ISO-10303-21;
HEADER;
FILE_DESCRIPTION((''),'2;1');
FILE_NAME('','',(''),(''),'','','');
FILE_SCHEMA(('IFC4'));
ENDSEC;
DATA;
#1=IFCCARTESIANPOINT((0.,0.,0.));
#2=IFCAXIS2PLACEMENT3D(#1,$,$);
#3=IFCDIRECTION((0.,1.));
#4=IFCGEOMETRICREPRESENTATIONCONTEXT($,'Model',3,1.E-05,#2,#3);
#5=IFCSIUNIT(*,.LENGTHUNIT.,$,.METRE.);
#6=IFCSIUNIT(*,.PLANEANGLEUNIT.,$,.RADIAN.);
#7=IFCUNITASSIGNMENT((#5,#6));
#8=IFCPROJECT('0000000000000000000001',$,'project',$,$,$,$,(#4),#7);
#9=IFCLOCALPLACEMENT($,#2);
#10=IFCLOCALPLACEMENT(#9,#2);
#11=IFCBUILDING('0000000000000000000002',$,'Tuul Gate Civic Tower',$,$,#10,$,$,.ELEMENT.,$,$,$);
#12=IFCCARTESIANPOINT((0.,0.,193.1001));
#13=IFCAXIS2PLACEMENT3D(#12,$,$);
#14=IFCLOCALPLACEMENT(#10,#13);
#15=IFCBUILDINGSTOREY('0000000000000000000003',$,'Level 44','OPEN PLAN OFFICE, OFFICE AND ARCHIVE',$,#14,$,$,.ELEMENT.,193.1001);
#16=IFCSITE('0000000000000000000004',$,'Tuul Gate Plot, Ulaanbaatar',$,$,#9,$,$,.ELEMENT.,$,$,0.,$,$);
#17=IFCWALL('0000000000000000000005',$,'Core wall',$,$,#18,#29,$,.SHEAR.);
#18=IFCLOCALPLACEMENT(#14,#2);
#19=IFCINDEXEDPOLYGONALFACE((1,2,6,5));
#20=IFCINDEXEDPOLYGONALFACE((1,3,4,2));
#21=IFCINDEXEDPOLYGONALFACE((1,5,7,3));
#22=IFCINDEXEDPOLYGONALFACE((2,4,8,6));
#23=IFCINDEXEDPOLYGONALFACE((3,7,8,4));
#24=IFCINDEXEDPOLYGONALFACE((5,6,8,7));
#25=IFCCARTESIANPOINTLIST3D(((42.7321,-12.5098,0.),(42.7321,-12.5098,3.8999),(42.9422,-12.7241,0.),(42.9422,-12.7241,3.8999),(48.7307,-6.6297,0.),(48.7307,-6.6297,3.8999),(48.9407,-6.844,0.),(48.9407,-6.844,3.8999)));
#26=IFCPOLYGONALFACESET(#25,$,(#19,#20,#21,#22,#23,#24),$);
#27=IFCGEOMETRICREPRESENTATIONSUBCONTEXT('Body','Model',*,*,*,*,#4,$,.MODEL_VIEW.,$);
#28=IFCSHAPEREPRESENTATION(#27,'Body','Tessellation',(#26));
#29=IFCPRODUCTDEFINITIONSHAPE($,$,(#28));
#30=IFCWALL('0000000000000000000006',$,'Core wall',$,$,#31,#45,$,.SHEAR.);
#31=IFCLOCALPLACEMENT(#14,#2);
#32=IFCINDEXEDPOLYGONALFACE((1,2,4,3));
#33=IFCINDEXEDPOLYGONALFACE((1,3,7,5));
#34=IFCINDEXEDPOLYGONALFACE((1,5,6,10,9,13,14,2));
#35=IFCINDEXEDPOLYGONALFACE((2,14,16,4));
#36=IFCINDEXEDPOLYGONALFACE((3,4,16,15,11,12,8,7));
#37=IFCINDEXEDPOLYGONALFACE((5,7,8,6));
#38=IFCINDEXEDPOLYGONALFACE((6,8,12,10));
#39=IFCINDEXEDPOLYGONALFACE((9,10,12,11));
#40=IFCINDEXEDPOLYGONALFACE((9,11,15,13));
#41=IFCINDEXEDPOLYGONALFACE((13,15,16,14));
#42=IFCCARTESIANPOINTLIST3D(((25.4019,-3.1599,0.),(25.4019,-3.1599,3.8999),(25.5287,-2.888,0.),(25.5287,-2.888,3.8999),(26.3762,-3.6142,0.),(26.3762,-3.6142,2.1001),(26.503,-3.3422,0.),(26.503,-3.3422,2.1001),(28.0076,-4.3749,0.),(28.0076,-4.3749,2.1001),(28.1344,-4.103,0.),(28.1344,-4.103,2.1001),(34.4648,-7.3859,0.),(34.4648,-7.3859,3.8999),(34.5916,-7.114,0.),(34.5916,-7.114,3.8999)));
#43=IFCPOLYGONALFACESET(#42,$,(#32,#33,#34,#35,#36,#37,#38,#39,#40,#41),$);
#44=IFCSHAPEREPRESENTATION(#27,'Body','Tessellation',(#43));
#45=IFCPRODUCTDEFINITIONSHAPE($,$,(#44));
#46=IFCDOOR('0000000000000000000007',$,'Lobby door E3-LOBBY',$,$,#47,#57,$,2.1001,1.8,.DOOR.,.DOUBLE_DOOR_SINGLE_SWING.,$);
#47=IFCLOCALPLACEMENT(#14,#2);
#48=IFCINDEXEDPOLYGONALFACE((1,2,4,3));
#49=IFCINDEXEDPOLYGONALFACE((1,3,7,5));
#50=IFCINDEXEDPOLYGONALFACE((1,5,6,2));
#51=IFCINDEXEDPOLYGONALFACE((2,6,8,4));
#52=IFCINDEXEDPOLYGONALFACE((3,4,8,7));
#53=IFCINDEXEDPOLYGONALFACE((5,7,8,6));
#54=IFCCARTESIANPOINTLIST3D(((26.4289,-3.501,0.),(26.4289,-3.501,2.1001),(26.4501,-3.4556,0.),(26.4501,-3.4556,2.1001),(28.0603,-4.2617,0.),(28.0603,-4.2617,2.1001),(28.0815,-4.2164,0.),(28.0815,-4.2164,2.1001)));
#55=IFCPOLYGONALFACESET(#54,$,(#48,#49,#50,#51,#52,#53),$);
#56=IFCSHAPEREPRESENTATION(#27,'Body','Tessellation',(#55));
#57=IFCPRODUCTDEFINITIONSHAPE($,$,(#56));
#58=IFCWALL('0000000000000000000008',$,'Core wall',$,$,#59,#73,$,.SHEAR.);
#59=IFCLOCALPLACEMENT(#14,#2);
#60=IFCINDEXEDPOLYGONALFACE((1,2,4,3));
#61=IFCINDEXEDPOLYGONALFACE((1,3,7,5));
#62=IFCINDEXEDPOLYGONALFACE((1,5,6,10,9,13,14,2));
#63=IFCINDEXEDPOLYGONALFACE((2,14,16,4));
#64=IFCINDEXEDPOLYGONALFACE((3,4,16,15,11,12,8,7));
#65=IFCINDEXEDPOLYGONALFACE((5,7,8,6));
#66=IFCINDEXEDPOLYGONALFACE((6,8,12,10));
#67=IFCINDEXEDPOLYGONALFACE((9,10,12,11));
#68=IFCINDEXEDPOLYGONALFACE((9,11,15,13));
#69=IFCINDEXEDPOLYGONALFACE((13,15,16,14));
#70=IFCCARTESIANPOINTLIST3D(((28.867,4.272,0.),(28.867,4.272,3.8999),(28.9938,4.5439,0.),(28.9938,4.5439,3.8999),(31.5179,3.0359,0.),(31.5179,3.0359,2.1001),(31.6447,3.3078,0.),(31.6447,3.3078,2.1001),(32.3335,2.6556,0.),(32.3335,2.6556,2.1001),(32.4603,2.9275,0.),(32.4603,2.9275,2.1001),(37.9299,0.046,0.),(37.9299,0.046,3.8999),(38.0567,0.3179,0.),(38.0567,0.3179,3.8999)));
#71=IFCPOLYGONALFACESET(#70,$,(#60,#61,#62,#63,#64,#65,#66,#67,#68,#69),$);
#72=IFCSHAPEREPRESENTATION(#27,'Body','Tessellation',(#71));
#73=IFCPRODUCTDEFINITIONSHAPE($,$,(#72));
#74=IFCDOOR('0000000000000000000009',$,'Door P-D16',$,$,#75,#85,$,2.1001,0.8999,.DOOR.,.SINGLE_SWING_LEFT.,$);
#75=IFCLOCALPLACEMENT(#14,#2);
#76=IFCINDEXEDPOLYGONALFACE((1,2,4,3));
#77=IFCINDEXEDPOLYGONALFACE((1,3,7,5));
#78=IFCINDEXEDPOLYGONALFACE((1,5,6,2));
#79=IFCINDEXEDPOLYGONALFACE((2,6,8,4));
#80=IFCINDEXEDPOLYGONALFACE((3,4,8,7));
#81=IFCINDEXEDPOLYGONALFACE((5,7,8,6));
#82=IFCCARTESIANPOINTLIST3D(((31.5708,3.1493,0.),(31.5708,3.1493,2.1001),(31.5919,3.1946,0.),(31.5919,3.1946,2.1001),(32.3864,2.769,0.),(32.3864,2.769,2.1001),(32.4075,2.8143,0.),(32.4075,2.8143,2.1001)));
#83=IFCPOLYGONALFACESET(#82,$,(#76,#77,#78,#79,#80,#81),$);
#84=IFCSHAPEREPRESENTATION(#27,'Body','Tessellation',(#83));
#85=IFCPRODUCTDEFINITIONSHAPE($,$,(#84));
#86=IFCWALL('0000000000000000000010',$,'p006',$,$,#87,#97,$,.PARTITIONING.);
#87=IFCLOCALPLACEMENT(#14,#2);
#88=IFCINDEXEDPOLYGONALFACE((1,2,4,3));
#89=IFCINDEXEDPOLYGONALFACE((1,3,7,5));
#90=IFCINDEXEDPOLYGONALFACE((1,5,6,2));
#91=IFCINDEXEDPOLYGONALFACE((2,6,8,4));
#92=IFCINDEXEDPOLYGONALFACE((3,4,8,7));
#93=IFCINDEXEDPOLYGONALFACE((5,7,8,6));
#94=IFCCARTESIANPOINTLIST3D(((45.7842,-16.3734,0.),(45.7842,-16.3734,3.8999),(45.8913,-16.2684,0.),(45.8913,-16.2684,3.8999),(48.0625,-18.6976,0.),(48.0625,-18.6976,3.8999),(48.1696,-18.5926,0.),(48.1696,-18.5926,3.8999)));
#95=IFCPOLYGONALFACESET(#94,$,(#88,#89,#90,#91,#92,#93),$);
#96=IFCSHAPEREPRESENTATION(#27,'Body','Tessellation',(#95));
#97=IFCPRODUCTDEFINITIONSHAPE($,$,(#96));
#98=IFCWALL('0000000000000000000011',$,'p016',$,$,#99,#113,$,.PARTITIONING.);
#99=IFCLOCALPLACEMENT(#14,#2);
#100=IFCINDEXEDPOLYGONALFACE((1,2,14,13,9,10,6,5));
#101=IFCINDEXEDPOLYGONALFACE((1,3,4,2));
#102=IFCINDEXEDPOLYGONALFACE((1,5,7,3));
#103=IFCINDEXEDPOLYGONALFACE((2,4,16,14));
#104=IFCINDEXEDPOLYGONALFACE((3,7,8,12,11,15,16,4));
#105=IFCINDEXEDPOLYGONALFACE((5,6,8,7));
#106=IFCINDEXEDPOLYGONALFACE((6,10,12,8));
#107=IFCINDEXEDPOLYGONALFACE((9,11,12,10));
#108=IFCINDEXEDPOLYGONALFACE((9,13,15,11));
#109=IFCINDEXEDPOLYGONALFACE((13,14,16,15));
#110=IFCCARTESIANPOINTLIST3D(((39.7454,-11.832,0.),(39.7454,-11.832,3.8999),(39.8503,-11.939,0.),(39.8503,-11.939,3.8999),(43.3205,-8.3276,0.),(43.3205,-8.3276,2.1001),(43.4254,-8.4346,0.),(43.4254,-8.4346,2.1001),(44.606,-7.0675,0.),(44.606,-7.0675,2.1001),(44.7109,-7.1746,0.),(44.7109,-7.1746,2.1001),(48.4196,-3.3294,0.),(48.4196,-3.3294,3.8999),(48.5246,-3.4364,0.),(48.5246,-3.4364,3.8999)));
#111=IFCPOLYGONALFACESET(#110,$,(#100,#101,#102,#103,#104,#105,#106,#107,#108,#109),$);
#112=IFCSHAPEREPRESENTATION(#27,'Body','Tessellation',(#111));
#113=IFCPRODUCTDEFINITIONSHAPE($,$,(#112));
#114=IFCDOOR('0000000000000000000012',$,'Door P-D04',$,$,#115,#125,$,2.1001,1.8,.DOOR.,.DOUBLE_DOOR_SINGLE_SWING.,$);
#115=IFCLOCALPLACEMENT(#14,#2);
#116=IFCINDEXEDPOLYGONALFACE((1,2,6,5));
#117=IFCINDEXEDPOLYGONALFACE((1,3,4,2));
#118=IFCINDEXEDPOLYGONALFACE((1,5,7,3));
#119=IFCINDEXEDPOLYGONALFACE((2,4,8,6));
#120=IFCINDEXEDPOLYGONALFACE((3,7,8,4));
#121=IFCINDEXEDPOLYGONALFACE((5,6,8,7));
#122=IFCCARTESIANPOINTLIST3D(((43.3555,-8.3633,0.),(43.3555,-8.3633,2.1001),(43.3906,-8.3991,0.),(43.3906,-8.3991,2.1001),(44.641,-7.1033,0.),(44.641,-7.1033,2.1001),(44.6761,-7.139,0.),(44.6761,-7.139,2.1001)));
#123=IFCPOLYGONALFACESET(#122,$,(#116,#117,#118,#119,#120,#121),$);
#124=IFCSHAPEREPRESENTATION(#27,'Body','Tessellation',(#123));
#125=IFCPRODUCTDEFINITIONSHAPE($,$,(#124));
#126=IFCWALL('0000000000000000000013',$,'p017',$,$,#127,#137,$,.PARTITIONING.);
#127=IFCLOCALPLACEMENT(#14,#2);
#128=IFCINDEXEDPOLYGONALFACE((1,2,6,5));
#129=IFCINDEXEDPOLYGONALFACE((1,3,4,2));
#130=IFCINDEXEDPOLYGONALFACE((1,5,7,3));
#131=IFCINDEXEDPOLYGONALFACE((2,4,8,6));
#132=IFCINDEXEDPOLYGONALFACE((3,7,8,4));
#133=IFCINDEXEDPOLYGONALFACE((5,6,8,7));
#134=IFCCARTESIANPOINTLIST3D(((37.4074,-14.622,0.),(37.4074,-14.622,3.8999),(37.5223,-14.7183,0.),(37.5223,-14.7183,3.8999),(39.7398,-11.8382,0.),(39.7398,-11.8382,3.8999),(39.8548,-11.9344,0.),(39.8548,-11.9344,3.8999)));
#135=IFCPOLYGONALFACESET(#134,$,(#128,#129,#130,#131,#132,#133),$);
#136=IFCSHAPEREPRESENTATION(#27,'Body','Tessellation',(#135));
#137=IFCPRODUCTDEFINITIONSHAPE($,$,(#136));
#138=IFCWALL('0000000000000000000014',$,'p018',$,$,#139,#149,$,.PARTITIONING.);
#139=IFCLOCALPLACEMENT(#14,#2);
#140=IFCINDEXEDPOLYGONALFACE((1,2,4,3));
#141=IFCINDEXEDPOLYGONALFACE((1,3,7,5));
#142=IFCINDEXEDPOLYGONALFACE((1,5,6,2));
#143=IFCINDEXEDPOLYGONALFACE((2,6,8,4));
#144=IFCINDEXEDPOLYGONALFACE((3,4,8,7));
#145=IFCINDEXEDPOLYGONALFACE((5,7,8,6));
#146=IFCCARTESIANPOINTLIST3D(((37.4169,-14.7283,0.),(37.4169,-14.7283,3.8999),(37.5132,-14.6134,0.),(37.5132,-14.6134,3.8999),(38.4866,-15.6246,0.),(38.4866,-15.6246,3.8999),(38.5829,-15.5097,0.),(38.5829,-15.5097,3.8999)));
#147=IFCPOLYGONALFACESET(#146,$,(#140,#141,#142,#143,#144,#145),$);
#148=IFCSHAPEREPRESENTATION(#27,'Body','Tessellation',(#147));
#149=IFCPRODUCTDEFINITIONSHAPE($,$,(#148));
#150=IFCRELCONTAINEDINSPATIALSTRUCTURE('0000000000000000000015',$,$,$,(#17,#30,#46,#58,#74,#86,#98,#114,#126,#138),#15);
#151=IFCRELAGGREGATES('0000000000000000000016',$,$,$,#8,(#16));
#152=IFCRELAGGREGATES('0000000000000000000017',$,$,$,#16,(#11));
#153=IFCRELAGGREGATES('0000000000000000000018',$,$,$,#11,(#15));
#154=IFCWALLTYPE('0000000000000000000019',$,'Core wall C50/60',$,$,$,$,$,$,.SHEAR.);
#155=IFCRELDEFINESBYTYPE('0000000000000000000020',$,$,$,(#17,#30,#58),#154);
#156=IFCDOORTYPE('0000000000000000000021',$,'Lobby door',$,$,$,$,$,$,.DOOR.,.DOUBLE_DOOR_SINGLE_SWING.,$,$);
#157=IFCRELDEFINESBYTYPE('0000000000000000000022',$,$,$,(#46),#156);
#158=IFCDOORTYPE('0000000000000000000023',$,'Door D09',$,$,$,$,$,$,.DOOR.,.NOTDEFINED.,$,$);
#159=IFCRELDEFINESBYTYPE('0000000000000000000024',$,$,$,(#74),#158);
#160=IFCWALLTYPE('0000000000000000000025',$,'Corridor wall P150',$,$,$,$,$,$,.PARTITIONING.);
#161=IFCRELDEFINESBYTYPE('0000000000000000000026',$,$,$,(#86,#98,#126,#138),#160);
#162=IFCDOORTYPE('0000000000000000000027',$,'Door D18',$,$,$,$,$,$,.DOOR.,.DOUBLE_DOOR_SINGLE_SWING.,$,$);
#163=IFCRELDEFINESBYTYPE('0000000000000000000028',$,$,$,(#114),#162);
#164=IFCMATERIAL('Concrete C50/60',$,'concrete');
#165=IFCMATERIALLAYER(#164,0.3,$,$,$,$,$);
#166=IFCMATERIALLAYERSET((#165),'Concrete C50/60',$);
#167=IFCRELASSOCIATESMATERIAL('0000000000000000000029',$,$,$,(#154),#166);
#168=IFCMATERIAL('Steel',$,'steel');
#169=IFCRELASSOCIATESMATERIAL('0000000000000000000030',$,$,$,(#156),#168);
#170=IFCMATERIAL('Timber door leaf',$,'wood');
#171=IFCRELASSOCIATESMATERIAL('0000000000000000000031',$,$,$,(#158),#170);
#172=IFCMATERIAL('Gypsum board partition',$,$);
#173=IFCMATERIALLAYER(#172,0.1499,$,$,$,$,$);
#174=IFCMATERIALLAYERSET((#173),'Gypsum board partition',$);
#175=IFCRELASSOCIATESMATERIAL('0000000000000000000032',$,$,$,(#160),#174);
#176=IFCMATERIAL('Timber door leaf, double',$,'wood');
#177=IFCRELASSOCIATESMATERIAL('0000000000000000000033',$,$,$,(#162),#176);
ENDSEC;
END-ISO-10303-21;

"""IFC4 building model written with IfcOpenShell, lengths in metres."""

from ifc_helpers import new_model, si_unit, direction, frame, frame_2d, origin, place, context, subcontext, project, spatial, rectangle, extrude, material, layer, layer_set, type_object, element, fill, save


model = new_model("IFC4")

# Units and contexts
model_context = context("Model", 3, precision=1e-05, world=origin(), true_north=direction((0.0, 1.0)))
body_context = subcontext(model_context, "Body", "Model", "MODEL_VIEW")
ifc_project = project(units=[si_unit("LENGTHUNIT", "METRE"), si_unit("PLANEANGLEUNIT", "RADIAN")], contexts=[model_context])

# Site, building, storey
site_placement = place(None, origin())
site = spatial("IfcSite", under=ifc_project, at=site_placement, Name="Tuul Gate Plot, Ulaanbaatar", CompositionType="ELEMENT", RefElevation=0.0)
building_placement = place(site_placement, origin())
building = spatial("IfcBuilding", under=site, at=building_placement, Name="Tuul Gate Civic Tower", CompositionType="ELEMENT")
storey_placement = place(building_placement, frame((0.0, 0.0, 193.1001)))
storey = spatial("IfcBuildingStorey", under=building, at=storey_placement, Name="Level 44", Description="OPEN PLAN OFFICE, OFFICE AND ARCHIVE", CompositionType="ELEMENT", Elevation=193.1001)

# Shared definitions
ifc_material_1 = material(Name="Concrete C50/60", Category="concrete")
ifc_layer_1 = layer(ifc_material_1, 0.3)
ifc_layer_set_1 = layer_set([ifc_layer_1], Name="Concrete C50/60")
wall_type_1 = type_object("IfcWallType", Name="Core wall C50/60", PredefinedType="SHEAR", material=ifc_layer_set_1)

# Wall
wall_1_placement = place(storey_placement, frame((42.8372, -12.6169, 0.0), z_axis=(0.0, 0.0, 1.0), x_axis=(0.71412, 0.700023, 0.0)))
element("IfcWall", 1, at=wall_1_placement, inside=storey, type_object=wall_type_1, Name="Core wall", PredefinedType="SHEAR", context=body_context, shape_type="SweptSolid", body=[
    extrude(rectangle(XDim=8.3999, YDim=0.3, at=frame_2d((4.2, 0.0))), origin(), (0.0, 0.0, 1.0), 3.8999),
])

# Walls, openings, doors
wall_2_placement = place(storey_placement, frame((34.5283, -7.25, 0.0), z_axis=(0.0, 0.0, 1.0), x_axis=(-0.90631, 0.422613, 0.0)))
wall_2 = element("IfcWall", 2, at=wall_2_placement, inside=storey, type_object=wall_type_1, Name="Core wall", PredefinedType="SHEAR", context=body_context, shape_type="SweptSolid", body=[
    extrude(rectangle(XDim=9.9998, YDim=0.3, at=frame_2d((5.0, 0.0))), origin(), (0.0, 0.0, 1.0), 3.8999),
])
opening_1_placement = place(wall_2_placement, frame((7.125, 0.0, 0.0)))
opening_1 = element("IfcOpeningElement", 3, at=opening_1_placement, cuts=wall_2, PredefinedType="OPENING", context=body_context, shape_type="SweptSolid", body=[
    extrude(rectangle(XDim=1.8, YDim=2.1001, at=frame_2d((0.8999, 1.05))), frame((0.0, 0.1602, 0.0), z_axis=(0.0, -1.0, 0.0), x_axis=(1.0, 0.0, 0.0)), (0.0, 0.0, 1.0), 0.3201),
])
ifc_material_2 = material(Name="Steel", Category="steel")
door_type_1 = type_object("IfcDoorType", Name="Lobby door", OperationType="DOUBLE_DOOR_SINGLE_SWING", PredefinedType="DOOR", material=ifc_material_2)
door_1_placement = place(opening_1_placement, frame((1.8, 0.0, 0.0), z_axis=(0.0, 0.0, 1.0), x_axis=(-1.0, 0.0, 0.0)))
door_1 = element("IfcDoor", 4, at=door_1_placement, inside=storey, type_object=door_type_1, Name="Lobby door E3-LOBBY", OperationType="DOUBLE_DOOR_SINGLE_SWING", OverallHeight=2.1001, OverallWidth=1.8, PredefinedType="DOOR", context=body_context, shape_type="SweptSolid", body=[
    extrude(rectangle(XDim=1.8, YDim=2.1001, at=frame_2d((0.9001, 1.05))), frame((0.0, 0.0249, 0.0), z_axis=(0.0, -1.0, 0.0), x_axis=(1.0, 0.0, 0.0)), (0.0, 0.0, 1.0), 0.05),
])
fill(opening_1, door_1)
wall_3_placement = place(storey_placement, frame((37.9934, 0.1819, 0.0), z_axis=(0.0, 0.0, 1.0), x_axis=(-0.90631, 0.422613, 0.0)))
wall_3 = element("IfcWall", 5, at=wall_3_placement, inside=storey, type_object=wall_type_1, Name="Core wall", PredefinedType="SHEAR", context=body_context, shape_type="SweptSolid", body=[
    extrude(rectangle(XDim=9.9998, YDim=0.3, at=frame_2d((5.0, 0.0))), origin(), (0.0, 0.0, 1.0), 3.8999),
])
opening_2_placement = place(wall_3_placement, frame((6.175, 0.0, 0.0)))
opening_2 = element("IfcOpeningElement", 6, at=opening_2_placement, cuts=wall_3, PredefinedType="OPENING", context=body_context, shape_type="SweptSolid", body=[
    extrude(rectangle(XDim=0.8999, YDim=2.1001, at=frame_2d((0.45, 1.05))), frame((0.0, 0.1602, 0.0), z_axis=(0.0, -1.0, 0.0), x_axis=(1.0, 0.0, 0.0)), (0.0, 0.0, 1.0), 0.3201),
])
ifc_material_3 = material(Name="Timber door leaf", Category="wood")
door_type_2 = type_object("IfcDoorType", Name="Door D09", OperationType="NOTDEFINED", PredefinedType="DOOR", material=ifc_material_3)
door_2_placement = place(opening_2_placement, origin())
door_2 = element("IfcDoor", 7, at=door_2_placement, inside=storey, type_object=door_type_2, Name="Door P-D16", OperationType="SINGLE_SWING_LEFT", OverallHeight=2.1001, OverallWidth=0.8999, PredefinedType="DOOR", context=body_context, shape_type="SweptSolid", body=[
    extrude(rectangle(XDim=0.8999, YDim=2.1001, at=frame_2d((0.45, 1.05))), frame((0.0, 0.0249, 0.0), z_axis=(0.0, -1.0, 0.0), x_axis=(1.0, 0.0, 0.0)), (0.0, 0.0, 1.0), 0.05),
])
fill(opening_2, door_2)

# Wall
ifc_material_4 = material(Name="Gypsum board partition")
ifc_layer_2 = layer(ifc_material_4, 0.1499)
ifc_layer_set_2 = layer_set([ifc_layer_2], Name="Gypsum board partition")
wall_type_2 = type_object("IfcWallType", Name="Corridor wall P150", PredefinedType="PARTITIONING", material=ifc_layer_set_2)
wall_4_placement = place(storey_placement, frame((45.8376, -16.3208, 0.0), z_axis=(0.0, 0.0, 1.0), x_axis=(0.70002, -0.714123, 0.0)))
element("IfcWall", 8, at=wall_4_placement, inside=storey, type_object=wall_type_2, Name="p006", PredefinedType="PARTITIONING", context=body_context, shape_type="SweptSolid", body=[
    extrude(rectangle(XDim=3.2546, YDim=0.1499, at=frame_2d((1.6274, 0.0))), origin(), (0.0, 0.0, 1.0), 3.8999),
])

# Wall, opening, door
wall_5_placement = place(storey_placement, frame((39.7979, -11.8855, 0.0), z_axis=(0.0, 0.0, 1.0), x_axis=(0.714136, 0.700006, 0.0)))
wall_5 = element("IfcWall", 9, at=wall_5_placement, inside=storey, type_object=wall_type_2, Name="p016", PredefinedType="PARTITIONING", context=body_context, shape_type="SweptSolid", body=[
    extrude(rectangle(XDim=12.1465, YDim=0.1499, at=frame_2d((6.0732, 0.0))), origin(), (0.0, 0.0, 1.0), 3.8999),
])
opening_3_placement = place(wall_5_placement, frame((5.0063, 0.0, 0.0)))
opening_3 = element("IfcOpeningElement", 10, at=opening_3_placement, cuts=wall_5, PredefinedType="OPENING", context=body_context, shape_type="SweptSolid", body=[
    extrude(rectangle(XDim=1.8, YDim=2.1001, at=frame_2d((0.8999, 1.05))), frame((0.0, 0.085, 0.0), z_axis=(0.0, -1.0, 0.0), x_axis=(1.0, 0.0, 0.0)), (0.0, 0.0, 1.0), 0.1699),
])
ifc_material_5 = material(Name="Timber door leaf, double", Category="wood")
door_type_3 = type_object("IfcDoorType", Name="Door D18", OperationType="DOUBLE_DOOR_SINGLE_SWING", PredefinedType="DOOR", material=ifc_material_5)
door_3_placement = place(opening_3_placement, origin())
door_3 = element("IfcDoor", 11, at=door_3_placement, inside=storey, type_object=door_type_3, Name="Door P-D04", OperationType="DOUBLE_DOOR_SINGLE_SWING", OverallHeight=2.1001, OverallWidth=1.8, PredefinedType="DOOR", context=body_context, shape_type="SweptSolid", body=[
    extrude(rectangle(XDim=1.8, YDim=2.1001, at=frame_2d((0.8999, 1.05))), frame((0.0, 0.0249, 0.0), z_axis=(0.0, -1.0, 0.0), x_axis=(1.0, 0.0, 0.0)), (0.0, 0.0, 1.0), 0.05),
])
fill(opening_3, door_3)

# Walls
wall_6_placement = place(storey_placement, frame((37.4648, -14.6702, 0.0), z_axis=(0.0, 0.0, 1.0), x_axis=(0.642225, 0.766516, 0.0)))
element("IfcWall", 12, at=wall_6_placement, inside=storey, type_object=wall_type_2, Name="p017", PredefinedType="PARTITIONING", context=body_context, shape_type="SweptSolid", body=[
    extrude(rectangle(XDim=3.6318, YDim=0.1499, at=frame_2d((1.8159, 0.0))), origin(), (0.0, 0.0, 1.0), 3.8999),
])
wall_7_placement = place(storey_placement, frame((37.4651, -14.6709, 0.0), z_axis=(0.0, 0.0, 1.0), x_axis=(0.766483, -0.642264, 0.0)))
element("IfcWall", 13, at=wall_7_placement, inside=storey, type_object=wall_type_2, Name="p018", PredefinedType="PARTITIONING", context=body_context, shape_type="SweptSolid", body=[
    extrude(rectangle(XDim=1.3955, YDim=0.1499, at=frame_2d((0.6978, 0.0))), origin(), (0.0, 0.0, 1.0), 3.8999),
])

save(model, "model.ifc")
